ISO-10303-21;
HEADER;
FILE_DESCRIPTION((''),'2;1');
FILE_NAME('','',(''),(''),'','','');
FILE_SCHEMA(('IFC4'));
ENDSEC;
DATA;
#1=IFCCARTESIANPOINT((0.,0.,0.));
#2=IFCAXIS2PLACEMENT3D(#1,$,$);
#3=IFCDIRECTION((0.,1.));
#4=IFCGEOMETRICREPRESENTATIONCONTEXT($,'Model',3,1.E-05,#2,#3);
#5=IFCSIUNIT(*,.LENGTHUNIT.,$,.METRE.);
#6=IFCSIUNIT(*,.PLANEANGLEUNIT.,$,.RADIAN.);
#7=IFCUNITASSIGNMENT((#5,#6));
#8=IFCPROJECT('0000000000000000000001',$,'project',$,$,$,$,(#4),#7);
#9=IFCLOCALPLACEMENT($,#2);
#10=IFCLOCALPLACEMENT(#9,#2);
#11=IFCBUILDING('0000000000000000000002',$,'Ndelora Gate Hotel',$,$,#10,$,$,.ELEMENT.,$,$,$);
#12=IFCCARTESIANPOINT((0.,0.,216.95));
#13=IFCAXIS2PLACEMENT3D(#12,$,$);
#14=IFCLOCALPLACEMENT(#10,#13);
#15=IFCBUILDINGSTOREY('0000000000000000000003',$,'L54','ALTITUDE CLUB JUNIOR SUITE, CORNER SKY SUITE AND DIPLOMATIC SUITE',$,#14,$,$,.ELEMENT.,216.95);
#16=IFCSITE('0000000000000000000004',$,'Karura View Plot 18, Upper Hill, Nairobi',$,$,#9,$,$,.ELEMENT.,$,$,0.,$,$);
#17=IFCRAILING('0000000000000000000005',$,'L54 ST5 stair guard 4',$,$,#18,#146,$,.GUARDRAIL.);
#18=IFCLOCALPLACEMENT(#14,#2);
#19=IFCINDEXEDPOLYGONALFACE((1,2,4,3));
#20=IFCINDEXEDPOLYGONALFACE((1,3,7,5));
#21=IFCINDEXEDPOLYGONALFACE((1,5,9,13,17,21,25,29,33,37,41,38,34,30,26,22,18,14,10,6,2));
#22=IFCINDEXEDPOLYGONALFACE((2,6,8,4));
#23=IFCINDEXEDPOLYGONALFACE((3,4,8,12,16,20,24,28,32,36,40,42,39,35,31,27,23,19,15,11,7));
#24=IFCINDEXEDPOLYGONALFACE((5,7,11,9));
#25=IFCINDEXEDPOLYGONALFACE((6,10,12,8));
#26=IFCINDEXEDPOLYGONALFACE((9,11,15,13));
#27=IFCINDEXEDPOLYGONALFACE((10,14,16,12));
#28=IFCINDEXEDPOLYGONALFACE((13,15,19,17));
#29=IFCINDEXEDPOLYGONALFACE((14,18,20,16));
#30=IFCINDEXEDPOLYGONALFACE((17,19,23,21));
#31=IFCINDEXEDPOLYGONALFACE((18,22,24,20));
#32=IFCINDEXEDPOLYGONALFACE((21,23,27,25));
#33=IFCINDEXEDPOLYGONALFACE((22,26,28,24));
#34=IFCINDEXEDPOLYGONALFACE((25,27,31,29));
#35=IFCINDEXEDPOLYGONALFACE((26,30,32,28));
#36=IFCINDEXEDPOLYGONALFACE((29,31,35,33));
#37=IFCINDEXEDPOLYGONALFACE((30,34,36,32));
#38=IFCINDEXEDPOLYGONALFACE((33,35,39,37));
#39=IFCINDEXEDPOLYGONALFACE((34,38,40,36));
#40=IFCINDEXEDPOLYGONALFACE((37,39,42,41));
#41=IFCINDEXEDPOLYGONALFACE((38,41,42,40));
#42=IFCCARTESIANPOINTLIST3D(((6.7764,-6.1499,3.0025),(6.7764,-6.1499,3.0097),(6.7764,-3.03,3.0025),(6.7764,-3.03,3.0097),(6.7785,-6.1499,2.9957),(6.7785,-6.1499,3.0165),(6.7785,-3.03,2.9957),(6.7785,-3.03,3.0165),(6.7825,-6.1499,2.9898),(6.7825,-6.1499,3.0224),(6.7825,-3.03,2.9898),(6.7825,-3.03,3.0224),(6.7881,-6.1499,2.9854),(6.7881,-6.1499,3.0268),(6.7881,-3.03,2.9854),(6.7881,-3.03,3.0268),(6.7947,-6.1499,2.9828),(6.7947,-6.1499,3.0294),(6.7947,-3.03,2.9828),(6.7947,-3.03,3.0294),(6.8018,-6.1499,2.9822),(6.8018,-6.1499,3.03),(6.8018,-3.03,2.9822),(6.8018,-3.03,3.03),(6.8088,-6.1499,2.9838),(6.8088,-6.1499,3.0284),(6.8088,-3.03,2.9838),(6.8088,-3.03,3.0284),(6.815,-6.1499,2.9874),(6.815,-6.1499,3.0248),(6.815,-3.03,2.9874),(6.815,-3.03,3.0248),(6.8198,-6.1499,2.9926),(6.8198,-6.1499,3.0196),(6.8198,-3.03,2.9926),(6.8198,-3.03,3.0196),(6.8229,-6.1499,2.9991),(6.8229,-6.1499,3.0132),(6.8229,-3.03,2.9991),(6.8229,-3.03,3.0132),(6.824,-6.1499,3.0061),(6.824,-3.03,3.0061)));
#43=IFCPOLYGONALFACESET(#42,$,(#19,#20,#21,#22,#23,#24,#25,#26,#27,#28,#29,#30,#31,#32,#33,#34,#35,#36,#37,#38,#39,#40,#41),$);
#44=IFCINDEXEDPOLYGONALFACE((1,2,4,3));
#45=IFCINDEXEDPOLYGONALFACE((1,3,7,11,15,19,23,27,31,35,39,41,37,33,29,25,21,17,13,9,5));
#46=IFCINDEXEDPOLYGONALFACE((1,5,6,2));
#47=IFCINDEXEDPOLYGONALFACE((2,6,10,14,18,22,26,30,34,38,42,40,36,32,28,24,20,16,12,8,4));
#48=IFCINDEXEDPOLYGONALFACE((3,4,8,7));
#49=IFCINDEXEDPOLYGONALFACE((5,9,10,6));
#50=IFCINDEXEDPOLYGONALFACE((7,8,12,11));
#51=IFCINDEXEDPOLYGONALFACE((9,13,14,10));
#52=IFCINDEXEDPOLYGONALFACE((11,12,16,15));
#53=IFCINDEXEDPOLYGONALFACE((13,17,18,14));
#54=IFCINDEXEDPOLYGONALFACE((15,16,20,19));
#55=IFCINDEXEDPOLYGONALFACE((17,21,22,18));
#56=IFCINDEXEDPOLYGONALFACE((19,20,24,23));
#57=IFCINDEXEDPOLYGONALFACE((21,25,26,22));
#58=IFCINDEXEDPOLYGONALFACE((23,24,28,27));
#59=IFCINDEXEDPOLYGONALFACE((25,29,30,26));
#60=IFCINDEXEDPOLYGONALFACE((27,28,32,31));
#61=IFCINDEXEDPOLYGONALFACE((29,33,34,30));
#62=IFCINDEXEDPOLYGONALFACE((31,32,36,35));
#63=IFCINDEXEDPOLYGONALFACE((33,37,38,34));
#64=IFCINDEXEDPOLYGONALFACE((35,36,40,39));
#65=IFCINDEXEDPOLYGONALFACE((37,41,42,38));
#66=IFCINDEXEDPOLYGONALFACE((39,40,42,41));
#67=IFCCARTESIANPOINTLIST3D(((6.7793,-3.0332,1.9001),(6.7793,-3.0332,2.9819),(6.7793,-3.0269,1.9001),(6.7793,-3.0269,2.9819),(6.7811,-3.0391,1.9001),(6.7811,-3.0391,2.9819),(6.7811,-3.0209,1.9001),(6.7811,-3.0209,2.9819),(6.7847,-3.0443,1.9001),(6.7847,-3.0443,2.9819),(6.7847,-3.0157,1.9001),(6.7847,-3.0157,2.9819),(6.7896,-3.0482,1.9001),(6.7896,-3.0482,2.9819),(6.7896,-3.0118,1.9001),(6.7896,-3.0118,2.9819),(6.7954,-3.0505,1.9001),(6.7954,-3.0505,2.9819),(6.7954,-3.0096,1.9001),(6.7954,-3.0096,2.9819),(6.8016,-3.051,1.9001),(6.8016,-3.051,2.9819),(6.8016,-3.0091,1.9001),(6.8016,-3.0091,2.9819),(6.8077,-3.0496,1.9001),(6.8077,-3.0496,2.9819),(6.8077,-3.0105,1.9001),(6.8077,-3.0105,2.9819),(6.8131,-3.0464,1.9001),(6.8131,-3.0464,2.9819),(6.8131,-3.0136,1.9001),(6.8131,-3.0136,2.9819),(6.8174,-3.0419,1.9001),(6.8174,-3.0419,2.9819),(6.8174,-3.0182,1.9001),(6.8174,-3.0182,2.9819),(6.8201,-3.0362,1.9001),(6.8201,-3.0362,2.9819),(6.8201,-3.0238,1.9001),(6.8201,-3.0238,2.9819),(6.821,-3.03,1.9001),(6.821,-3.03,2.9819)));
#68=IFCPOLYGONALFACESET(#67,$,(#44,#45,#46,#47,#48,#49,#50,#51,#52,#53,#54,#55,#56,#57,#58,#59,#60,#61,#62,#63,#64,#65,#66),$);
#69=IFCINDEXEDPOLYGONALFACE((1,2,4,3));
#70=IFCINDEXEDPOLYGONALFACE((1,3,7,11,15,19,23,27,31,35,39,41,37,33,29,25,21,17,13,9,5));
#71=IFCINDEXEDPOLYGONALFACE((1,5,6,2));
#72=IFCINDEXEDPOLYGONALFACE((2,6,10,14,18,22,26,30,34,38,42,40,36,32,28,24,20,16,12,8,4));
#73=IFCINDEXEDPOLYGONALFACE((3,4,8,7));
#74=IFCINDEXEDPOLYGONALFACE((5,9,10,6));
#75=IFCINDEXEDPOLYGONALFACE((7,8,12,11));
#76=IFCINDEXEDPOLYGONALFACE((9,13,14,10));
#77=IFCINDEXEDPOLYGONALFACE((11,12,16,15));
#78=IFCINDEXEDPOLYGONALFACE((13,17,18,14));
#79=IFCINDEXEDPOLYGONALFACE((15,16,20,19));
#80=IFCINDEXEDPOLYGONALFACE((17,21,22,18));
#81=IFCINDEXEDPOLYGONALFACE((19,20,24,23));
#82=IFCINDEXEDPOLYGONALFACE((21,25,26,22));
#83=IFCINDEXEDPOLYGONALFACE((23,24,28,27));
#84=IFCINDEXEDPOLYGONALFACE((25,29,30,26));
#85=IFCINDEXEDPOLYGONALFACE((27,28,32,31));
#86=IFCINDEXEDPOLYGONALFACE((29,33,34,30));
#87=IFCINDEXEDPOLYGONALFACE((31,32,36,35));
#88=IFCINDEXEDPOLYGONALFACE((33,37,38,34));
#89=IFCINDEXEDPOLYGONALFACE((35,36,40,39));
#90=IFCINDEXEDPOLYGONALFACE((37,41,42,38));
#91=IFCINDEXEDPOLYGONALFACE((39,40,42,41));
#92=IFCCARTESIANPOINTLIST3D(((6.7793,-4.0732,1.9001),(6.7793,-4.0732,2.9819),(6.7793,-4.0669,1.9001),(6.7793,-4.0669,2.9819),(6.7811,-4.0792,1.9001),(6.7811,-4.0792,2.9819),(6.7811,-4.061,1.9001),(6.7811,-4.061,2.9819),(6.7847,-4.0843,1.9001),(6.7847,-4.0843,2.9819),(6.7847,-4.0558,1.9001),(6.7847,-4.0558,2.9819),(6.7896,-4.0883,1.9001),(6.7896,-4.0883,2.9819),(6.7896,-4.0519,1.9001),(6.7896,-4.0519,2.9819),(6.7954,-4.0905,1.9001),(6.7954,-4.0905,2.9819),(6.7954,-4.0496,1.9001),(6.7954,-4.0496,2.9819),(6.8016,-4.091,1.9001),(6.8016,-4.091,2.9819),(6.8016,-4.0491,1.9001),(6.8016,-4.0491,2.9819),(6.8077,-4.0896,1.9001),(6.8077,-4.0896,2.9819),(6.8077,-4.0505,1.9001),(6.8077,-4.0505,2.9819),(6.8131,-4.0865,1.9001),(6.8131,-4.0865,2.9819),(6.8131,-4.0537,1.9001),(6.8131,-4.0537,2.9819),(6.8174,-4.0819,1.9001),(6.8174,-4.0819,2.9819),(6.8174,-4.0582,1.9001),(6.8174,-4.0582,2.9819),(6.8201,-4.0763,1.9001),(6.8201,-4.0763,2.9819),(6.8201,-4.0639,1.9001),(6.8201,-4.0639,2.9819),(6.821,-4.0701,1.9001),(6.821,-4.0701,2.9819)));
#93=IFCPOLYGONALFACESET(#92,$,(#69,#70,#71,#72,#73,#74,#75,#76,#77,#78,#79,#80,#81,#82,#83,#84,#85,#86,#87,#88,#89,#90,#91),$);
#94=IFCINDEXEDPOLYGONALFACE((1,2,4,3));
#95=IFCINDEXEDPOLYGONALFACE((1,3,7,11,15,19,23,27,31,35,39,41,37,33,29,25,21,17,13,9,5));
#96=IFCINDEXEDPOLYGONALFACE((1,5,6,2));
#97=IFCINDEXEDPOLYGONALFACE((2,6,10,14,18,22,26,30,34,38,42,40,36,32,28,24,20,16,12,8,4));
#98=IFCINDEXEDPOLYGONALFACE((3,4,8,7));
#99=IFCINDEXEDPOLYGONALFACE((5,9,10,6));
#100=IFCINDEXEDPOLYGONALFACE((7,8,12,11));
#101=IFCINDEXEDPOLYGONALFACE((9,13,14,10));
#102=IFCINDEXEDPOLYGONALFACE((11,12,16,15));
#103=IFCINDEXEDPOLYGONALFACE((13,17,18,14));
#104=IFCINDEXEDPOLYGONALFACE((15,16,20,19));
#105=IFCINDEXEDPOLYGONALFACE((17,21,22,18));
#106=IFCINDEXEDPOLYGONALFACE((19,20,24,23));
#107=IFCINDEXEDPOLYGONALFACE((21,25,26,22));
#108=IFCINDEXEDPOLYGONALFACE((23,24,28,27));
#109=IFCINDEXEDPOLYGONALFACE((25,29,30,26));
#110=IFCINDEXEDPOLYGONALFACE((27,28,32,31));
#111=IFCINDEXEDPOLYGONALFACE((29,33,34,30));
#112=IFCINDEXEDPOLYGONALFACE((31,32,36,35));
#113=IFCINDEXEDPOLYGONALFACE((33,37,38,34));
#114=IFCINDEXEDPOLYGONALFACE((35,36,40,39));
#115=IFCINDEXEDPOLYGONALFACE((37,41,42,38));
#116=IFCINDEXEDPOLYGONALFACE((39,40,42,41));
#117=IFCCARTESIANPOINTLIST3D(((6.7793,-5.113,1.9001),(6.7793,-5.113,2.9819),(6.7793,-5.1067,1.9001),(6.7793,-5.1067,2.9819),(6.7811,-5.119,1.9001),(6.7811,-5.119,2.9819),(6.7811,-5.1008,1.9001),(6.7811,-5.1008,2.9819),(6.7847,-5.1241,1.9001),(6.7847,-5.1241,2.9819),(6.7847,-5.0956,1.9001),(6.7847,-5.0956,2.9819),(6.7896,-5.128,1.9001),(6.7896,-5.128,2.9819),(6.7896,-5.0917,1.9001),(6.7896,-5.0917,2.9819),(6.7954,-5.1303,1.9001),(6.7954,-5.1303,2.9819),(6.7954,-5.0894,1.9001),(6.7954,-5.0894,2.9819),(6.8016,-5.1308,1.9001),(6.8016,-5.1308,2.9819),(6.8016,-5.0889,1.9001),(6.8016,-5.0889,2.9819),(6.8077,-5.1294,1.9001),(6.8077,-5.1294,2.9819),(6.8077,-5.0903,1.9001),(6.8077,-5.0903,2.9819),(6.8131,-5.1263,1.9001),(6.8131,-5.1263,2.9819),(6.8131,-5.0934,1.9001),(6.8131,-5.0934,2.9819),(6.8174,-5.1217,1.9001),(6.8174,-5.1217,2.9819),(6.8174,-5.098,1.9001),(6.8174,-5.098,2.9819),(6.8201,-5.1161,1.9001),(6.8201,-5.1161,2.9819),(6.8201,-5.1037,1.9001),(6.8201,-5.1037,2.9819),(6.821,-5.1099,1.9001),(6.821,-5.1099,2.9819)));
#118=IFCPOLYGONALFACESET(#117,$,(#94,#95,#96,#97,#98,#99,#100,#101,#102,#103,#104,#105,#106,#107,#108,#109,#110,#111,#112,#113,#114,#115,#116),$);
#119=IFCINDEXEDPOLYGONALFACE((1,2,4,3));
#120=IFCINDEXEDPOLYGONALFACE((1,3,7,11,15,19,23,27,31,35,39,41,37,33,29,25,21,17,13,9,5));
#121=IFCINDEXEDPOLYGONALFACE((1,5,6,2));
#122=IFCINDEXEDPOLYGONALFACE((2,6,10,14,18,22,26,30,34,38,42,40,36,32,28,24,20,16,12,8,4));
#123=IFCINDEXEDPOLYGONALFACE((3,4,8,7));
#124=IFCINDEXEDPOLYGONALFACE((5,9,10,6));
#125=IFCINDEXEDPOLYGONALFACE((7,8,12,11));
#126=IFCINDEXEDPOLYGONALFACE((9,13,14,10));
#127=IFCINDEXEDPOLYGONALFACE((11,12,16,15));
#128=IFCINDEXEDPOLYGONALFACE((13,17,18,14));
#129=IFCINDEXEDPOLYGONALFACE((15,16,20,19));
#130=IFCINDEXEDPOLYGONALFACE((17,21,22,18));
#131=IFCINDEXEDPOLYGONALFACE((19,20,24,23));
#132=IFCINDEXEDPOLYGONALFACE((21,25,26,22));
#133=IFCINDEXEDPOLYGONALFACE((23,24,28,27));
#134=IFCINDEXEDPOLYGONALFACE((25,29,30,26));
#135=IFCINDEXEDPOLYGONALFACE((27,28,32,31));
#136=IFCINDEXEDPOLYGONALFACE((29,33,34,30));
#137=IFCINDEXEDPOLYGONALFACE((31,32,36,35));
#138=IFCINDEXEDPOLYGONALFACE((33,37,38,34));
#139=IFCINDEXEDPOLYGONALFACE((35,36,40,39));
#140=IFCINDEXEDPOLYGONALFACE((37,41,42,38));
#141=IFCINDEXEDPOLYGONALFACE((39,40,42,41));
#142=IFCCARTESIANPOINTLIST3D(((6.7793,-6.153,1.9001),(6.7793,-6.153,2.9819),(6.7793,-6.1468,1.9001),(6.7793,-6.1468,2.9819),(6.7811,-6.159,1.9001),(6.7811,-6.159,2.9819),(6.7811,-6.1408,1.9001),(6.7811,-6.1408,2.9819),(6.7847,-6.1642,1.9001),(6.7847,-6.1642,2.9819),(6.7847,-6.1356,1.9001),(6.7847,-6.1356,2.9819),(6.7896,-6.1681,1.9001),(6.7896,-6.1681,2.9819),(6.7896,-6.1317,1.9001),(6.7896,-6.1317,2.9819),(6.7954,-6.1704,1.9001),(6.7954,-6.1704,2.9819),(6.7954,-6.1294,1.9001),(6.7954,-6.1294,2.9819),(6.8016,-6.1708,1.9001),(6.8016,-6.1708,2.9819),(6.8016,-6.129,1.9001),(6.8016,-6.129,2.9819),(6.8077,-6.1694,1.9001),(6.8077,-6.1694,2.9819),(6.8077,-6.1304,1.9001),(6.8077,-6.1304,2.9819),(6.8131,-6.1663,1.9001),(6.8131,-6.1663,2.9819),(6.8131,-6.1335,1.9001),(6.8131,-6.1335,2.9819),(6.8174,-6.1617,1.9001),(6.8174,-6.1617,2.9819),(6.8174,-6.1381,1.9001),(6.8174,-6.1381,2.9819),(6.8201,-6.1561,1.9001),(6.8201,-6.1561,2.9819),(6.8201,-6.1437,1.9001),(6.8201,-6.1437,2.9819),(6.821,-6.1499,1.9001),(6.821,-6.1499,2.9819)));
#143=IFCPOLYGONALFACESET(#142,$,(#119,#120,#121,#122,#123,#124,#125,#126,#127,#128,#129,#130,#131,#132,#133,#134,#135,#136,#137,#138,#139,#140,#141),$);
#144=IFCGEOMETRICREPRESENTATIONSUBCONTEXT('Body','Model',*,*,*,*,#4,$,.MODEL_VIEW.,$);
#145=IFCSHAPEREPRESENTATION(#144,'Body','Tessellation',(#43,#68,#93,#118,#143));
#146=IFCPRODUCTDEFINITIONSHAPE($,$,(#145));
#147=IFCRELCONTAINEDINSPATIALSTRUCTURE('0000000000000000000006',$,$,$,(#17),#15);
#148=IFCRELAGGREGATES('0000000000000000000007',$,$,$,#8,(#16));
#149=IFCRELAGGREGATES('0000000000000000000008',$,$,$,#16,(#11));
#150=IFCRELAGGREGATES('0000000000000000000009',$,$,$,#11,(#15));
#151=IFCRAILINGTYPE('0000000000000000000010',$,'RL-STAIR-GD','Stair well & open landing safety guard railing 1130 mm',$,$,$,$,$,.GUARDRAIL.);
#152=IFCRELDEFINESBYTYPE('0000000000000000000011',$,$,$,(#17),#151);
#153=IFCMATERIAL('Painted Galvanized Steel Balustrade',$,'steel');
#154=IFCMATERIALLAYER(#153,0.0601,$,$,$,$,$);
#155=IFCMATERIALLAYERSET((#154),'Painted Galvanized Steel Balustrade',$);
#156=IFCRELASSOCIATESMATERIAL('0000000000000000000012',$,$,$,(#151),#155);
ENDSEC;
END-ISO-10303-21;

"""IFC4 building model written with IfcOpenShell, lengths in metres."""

from ifc_helpers import new_model, si_unit, direction, frame, origin, origin_2d, place, context, subcontext, project, spatial, circle, extrude, material, layer, layer_set, type_object, element, save


model = new_model("IFC4")

# Units and contexts
model_context = context("Model", 3, precision=1e-05, world=origin(), true_north=direction((0.0, 1.0)))
body_context = subcontext(model_context, "Body", "Model", "MODEL_VIEW")
ifc_project = project(units=[si_unit("LENGTHUNIT", "METRE"), si_unit("PLANEANGLEUNIT", "RADIAN")], contexts=[model_context])

# Site, building, storey
site_placement = place(None, origin())
site = spatial("IfcSite", under=ifc_project, at=site_placement, Name="Karura View Plot 18, Upper Hill, Nairobi", CompositionType="ELEMENT", RefElevation=0.0)
building_placement = place(site_placement, origin())
building = spatial("IfcBuilding", under=site, at=building_placement, Name="Ndelora Gate Hotel", CompositionType="ELEMENT")
storey_placement = place(building_placement, frame((0.0, 0.0, 216.95)))
storey = spatial("IfcBuildingStorey", under=building, at=storey_placement, Name="L54", Description="ALTITUDE CLUB JUNIOR SUITE, CORNER SKY SUITE AND DIPLOMATIC SUITE", CompositionType="ELEMENT", Elevation=216.95)

# Railing
ifc_material_1 = material(Name="Painted Galvanized Steel Balustrade", Category="steel")
ifc_layer_1 = layer(ifc_material_1, 0.0601)
ifc_layer_set_1 = layer_set([ifc_layer_1], Name="Painted Galvanized Steel Balustrade")
railing_type_1 = type_object("IfcRailingType", Name="RL-STAIR-GD", Description="Stair well & open landing safety guard railing 1130 mm", PredefinedType="GUARDRAIL", material=ifc_layer_set_1)
for number, where, name in (
    (1, (6.8, -3.03, 1.9001), "L54 ST5 stair guard 4"),
):
    element("IfcRailing", number, at=place(storey_placement, frame(where)), inside=storey, type_object=railing_type_1, Name=name, PredefinedType="GUARDRAIL", context=body_context, shape_type="SweptSolid", body=[
        extrude(circle(Radius=0.0239, at=origin_2d()), frame((0.0, 0.0, 1.106), z_axis=(0.0, -1.0, 0.0), x_axis=(1.0, 0.0, 0.0)), (0.0, 0.0, 1.0), 3.1199),
        extrude(circle(Radius=0.021, at=origin_2d()), origin(), (0.0, 0.0, 1.0), 1.0818),
        extrude(circle(Radius=0.021, at=origin_2d()), frame((0.0, -1.04, 0.0)), (0.0, 0.0, 1.0), 1.0818),
        extrude(circle(Radius=0.021, at=origin_2d()), frame((0.0, -2.0798, 0.0)), (0.0, 0.0, 1.0), 1.0818),
        extrude(circle(Radius=0.021, at=origin_2d()), frame((0.0, -3.1199, 0.0)), (0.0, 0.0, 1.0), 1.0818),
    ])

save(model, "model.ifc")
